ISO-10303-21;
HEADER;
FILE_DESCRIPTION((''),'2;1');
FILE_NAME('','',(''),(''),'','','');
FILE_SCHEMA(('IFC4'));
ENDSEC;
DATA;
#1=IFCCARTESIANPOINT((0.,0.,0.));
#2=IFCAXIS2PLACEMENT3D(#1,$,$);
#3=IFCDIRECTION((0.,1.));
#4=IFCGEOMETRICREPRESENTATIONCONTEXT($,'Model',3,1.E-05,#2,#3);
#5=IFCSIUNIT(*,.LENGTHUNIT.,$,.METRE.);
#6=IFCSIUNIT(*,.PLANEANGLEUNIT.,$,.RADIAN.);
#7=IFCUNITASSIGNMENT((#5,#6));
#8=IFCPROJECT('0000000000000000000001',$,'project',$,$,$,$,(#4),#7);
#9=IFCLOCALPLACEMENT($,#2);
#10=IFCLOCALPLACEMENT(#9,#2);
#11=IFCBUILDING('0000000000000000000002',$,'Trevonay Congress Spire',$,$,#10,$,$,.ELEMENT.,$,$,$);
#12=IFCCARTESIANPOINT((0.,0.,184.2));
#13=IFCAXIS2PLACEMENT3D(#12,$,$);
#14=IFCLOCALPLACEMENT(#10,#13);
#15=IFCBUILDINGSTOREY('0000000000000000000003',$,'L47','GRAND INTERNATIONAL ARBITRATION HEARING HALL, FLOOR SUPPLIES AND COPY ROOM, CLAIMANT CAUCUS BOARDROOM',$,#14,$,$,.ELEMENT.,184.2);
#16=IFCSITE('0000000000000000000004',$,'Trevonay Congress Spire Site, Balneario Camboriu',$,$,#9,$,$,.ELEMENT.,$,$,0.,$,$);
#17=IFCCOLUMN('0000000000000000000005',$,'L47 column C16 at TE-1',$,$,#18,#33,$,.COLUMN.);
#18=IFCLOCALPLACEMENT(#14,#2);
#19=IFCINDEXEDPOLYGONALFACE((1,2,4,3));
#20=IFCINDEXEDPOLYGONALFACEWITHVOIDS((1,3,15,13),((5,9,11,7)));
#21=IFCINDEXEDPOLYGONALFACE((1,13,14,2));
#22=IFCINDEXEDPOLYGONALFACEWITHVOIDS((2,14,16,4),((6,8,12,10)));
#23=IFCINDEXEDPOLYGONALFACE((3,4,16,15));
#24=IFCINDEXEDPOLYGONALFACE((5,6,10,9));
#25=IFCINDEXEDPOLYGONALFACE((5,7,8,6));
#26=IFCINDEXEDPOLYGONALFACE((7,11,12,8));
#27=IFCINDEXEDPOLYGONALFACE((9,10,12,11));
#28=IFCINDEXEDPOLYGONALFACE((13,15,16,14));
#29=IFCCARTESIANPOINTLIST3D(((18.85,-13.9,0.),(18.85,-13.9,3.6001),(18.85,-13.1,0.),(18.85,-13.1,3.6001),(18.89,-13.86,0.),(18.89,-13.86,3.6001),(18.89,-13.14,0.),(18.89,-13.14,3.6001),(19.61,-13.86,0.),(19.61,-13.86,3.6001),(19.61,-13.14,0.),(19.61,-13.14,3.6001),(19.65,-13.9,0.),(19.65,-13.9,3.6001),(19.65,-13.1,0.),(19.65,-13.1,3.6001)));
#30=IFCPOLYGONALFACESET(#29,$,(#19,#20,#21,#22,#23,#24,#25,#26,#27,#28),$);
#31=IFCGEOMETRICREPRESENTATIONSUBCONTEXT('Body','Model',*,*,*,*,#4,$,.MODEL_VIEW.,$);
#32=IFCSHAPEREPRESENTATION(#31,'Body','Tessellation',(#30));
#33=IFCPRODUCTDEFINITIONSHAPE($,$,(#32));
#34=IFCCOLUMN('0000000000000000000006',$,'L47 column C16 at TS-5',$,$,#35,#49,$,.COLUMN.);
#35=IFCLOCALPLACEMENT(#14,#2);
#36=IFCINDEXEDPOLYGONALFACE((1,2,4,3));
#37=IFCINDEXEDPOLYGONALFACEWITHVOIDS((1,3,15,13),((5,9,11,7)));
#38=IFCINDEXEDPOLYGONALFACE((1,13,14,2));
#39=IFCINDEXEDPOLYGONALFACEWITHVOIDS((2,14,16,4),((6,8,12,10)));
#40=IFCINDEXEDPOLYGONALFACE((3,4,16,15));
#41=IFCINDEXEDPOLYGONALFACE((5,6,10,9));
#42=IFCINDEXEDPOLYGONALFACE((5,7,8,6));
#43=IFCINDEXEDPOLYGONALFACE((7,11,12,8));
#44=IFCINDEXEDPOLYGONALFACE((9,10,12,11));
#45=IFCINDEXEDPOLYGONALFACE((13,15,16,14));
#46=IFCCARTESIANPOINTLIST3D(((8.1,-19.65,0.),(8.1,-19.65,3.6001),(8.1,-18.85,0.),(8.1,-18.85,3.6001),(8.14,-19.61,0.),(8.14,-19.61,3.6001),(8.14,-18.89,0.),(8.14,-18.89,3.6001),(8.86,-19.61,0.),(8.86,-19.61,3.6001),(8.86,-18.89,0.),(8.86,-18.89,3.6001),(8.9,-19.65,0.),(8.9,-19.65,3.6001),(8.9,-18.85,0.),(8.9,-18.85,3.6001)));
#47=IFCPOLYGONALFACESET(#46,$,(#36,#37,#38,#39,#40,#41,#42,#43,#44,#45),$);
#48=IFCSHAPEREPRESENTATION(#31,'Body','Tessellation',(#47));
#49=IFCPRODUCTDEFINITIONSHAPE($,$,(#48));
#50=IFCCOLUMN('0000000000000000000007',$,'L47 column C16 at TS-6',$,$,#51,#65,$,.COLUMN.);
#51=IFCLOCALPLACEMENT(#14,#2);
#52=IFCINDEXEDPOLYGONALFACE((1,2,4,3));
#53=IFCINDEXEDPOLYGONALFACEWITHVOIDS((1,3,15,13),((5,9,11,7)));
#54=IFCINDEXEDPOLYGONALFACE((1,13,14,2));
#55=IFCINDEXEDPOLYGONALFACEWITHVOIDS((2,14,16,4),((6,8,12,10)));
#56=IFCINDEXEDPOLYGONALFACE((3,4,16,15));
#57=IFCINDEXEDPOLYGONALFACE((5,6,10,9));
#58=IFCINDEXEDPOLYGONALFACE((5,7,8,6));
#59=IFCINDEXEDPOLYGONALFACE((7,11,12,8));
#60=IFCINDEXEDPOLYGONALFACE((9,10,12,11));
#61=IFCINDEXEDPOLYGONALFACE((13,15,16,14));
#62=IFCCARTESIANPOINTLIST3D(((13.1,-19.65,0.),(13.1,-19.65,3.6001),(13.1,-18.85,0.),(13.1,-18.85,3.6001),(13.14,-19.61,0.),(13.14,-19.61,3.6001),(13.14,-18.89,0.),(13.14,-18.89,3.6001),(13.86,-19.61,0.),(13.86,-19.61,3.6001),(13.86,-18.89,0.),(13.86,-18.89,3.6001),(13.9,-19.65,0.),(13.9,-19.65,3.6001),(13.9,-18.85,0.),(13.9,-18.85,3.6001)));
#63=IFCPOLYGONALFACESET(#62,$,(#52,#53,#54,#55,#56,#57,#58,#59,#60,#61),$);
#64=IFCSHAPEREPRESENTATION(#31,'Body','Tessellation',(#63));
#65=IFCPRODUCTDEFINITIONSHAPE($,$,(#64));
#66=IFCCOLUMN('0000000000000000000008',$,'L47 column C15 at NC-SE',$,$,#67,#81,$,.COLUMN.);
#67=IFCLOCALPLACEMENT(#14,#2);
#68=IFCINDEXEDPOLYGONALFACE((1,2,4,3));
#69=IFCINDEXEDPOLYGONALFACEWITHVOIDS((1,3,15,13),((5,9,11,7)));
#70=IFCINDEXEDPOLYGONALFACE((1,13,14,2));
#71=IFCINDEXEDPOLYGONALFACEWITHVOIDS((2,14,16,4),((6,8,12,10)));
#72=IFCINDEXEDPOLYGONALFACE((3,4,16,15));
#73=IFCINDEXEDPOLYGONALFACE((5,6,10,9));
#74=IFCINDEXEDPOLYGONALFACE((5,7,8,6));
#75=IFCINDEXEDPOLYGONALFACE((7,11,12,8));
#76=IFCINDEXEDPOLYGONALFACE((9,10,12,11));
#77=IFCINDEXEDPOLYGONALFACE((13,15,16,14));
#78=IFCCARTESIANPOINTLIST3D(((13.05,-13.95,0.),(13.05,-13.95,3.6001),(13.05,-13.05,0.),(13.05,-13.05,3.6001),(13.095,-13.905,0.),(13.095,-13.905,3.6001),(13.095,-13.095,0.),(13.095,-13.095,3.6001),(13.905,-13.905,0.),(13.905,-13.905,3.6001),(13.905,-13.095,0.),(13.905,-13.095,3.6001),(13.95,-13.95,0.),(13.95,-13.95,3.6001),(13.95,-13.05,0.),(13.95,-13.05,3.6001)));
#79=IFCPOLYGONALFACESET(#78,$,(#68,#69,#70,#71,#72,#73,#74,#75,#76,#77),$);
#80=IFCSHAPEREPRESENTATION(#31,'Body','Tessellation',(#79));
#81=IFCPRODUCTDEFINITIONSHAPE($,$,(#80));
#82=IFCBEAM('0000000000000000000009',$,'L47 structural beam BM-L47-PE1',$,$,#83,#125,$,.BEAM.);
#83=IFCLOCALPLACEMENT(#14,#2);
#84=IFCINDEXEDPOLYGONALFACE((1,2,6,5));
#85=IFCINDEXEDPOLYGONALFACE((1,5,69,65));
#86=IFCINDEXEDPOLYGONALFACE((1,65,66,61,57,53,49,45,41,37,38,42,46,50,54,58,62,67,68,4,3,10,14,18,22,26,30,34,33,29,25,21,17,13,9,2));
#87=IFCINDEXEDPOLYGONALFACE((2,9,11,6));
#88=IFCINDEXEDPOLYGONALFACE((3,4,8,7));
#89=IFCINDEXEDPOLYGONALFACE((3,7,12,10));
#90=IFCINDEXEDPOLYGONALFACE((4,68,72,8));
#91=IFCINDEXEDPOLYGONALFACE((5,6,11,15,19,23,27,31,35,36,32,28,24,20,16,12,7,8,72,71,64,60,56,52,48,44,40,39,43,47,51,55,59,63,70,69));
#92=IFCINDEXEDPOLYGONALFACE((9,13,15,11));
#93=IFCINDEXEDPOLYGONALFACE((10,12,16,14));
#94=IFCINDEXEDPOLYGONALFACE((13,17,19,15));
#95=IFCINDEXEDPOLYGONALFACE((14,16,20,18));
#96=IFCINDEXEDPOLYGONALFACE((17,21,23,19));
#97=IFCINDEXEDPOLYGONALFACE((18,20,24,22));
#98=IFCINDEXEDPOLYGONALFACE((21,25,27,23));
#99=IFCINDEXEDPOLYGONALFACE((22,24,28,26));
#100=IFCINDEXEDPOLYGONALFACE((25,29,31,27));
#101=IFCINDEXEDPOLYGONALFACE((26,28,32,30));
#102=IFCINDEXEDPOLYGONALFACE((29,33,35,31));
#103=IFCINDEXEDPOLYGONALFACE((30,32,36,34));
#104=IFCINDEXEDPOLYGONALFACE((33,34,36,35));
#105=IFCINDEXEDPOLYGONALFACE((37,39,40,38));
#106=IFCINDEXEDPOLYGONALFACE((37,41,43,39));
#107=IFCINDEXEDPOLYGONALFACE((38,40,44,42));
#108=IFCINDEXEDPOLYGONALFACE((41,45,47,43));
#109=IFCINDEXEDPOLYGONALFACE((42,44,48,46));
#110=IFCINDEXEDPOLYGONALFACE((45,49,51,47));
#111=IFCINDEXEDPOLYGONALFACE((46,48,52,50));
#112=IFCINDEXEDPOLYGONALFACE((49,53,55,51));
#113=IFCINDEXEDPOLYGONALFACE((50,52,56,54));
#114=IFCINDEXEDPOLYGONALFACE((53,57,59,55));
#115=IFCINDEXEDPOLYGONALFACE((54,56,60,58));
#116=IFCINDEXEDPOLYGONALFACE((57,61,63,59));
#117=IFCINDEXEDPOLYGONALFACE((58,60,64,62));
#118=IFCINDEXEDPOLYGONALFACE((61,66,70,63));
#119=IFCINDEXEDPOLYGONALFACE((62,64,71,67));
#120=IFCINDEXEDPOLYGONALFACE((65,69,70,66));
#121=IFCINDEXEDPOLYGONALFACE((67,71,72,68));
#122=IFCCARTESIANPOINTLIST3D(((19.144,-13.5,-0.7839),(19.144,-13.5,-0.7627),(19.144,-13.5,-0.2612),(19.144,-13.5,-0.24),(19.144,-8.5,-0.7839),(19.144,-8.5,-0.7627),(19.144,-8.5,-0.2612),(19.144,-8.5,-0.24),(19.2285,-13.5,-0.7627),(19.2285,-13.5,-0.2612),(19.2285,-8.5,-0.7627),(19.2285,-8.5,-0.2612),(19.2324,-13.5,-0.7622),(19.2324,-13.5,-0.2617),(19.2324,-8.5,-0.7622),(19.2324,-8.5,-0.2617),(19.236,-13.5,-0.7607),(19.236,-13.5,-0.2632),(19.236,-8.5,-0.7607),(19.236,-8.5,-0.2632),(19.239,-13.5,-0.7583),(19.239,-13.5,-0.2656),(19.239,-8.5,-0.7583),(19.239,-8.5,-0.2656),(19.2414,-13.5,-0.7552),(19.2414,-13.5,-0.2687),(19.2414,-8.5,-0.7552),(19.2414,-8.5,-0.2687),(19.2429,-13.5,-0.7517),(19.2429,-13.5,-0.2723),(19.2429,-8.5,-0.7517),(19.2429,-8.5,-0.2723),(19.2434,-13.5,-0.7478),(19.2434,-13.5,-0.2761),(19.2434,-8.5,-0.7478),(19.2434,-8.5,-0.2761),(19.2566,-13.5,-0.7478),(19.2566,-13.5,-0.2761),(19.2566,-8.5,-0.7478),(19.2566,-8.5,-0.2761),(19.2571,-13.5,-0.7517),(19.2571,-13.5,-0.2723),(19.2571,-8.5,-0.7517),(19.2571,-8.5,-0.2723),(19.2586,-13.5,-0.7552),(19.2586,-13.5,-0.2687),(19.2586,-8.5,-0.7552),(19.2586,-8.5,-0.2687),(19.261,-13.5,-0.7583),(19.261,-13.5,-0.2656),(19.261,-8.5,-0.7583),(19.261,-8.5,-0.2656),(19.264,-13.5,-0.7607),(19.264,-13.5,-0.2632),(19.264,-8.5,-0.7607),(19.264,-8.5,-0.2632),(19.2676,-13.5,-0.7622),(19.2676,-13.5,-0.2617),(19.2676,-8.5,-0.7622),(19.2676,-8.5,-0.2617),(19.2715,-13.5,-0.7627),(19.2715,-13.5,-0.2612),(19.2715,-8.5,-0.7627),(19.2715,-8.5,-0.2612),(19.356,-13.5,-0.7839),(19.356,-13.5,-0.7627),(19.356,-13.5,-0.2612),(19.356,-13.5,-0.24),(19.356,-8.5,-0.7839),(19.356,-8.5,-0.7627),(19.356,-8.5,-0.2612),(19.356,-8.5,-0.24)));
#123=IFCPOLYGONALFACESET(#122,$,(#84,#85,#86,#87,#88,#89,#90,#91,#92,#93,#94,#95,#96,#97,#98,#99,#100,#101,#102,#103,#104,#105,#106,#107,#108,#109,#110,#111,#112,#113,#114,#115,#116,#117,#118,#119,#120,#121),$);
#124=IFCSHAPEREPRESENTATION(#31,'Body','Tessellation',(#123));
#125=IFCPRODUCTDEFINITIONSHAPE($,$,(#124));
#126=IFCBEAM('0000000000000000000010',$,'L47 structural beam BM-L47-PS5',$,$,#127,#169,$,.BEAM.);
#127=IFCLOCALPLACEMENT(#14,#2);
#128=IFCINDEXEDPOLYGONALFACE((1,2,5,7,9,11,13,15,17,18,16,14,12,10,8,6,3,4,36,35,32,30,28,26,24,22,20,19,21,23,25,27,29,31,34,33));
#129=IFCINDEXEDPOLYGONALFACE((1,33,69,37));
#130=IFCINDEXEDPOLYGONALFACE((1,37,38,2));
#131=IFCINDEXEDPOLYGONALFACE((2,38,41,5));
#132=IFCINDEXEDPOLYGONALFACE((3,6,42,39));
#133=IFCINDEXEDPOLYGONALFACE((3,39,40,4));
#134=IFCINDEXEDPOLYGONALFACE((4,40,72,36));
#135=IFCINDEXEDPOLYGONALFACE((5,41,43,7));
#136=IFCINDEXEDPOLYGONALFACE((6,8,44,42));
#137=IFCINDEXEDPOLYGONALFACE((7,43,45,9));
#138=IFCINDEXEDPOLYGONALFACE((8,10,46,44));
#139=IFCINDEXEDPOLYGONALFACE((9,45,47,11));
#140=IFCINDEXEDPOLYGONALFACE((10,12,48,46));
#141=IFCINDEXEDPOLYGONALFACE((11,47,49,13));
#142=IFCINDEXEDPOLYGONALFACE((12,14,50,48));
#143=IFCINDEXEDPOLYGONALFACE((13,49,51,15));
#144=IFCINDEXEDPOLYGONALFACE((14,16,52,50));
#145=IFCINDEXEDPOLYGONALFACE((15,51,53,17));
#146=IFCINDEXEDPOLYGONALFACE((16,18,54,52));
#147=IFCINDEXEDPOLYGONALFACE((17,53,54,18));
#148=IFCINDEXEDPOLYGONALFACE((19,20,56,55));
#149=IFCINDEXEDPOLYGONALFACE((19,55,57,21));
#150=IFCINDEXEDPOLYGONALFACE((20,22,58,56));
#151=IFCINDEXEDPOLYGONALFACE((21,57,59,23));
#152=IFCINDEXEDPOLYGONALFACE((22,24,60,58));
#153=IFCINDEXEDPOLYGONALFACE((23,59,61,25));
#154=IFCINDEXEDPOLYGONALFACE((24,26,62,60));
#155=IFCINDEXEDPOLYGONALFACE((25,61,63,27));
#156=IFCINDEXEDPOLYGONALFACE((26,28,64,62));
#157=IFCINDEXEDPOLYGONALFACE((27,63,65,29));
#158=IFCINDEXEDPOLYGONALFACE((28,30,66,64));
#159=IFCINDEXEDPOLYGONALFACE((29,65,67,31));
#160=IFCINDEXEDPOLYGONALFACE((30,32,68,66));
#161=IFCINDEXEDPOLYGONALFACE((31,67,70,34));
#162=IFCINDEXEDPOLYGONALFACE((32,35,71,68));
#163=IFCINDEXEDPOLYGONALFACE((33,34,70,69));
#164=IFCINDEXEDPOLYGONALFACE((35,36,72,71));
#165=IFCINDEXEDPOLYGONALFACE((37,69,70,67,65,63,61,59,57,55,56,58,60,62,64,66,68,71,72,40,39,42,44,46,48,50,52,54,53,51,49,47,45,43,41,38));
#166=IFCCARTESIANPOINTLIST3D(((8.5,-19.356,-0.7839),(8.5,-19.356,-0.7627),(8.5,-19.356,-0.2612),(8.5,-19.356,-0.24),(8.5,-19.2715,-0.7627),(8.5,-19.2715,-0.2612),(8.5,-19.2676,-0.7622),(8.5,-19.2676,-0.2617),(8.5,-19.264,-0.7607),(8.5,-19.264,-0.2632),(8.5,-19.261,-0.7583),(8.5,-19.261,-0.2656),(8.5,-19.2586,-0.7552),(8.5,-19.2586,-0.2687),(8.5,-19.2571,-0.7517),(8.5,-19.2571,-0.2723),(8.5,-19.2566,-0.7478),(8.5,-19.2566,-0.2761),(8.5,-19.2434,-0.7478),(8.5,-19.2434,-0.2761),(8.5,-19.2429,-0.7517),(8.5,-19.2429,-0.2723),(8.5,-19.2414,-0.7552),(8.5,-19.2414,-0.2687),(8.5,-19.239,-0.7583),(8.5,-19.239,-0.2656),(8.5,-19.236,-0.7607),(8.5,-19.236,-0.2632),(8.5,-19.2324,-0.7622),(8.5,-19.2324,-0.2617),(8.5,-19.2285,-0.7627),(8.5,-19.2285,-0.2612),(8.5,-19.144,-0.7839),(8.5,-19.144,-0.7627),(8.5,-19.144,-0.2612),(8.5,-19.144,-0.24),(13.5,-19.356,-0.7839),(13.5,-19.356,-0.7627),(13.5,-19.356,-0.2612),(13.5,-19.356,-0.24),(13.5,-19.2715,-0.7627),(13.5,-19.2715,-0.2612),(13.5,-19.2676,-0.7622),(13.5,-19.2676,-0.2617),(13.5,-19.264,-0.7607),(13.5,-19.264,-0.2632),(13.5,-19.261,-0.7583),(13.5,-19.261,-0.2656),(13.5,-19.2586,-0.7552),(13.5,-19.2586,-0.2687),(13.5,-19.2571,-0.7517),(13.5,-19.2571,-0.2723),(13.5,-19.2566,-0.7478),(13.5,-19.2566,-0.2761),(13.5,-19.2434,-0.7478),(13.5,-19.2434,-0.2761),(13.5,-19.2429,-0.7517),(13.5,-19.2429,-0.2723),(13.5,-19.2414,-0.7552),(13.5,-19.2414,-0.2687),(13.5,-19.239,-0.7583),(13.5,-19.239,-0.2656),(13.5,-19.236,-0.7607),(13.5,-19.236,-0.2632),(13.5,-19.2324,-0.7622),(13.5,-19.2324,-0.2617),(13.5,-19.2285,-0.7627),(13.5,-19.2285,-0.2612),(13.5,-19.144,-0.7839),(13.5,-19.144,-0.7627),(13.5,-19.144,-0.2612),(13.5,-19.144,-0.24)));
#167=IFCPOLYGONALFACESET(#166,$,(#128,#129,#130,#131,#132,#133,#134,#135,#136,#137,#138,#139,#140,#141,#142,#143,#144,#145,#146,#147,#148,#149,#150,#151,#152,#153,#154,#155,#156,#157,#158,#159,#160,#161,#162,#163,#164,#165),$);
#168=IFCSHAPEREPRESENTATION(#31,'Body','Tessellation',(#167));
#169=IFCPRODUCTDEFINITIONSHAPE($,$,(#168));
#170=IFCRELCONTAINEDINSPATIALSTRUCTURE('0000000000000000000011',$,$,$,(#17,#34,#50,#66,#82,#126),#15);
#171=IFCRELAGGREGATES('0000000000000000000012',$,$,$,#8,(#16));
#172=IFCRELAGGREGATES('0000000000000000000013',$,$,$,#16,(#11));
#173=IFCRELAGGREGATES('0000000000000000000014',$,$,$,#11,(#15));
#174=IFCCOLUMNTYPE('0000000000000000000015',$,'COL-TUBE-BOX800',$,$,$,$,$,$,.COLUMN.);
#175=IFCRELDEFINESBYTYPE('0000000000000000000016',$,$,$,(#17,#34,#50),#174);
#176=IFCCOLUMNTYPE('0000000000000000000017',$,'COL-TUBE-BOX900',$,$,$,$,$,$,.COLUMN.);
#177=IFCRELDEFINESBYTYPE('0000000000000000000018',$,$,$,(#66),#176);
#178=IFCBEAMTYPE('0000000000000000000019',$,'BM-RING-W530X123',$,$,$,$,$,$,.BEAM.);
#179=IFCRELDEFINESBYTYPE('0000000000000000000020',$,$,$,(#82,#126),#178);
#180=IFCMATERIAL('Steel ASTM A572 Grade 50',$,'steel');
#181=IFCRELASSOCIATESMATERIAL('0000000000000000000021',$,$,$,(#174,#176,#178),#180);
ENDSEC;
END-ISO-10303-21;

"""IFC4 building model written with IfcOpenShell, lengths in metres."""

from ifc_helpers import new_model, si_unit, direction, frame, origin, origin_2d, place, context, subcontext, project, spatial, hollow_rectangle, i_section, extrude, material, material_profile, profile_set, type_object, element, save


model = new_model("IFC4")

# Units and contexts
model_context = context("Model", 3, precision=1e-05, world=origin(), true_north=direction((0.0, 1.0)))
body_context = subcontext(model_context, "Body", "Model", "MODEL_VIEW")
ifc_project = project(units=[si_unit("LENGTHUNIT", "METRE"), si_unit("PLANEANGLEUNIT", "RADIAN")], contexts=[model_context])

# Site, building, storey
site_placement = place(None, origin())
site = spatial("IfcSite", under=ifc_project, at=site_placement, Name="Trevonay Congress Spire Site, Balneario Camboriu", CompositionType="ELEMENT", RefElevation=0.0)
building_placement = place(site_placement, origin())
building = spatial("IfcBuilding", under=site, at=building_placement, Name="Trevonay Congress Spire", CompositionType="ELEMENT")
storey_placement = place(building_placement, frame((0.0, 0.0, 184.2)))
storey = spatial("IfcBuildingStorey", under=building, at=storey_placement, Name="L47", Description="GRAND INTERNATIONAL ARBITRATION HEARING HALL, FLOOR SUPPLIES AND COPY ROOM, CLAIMANT CAUCUS BOARDROOM", CompositionType="ELEMENT", Elevation=184.2)

# Columns
ifc_material_1 = material(Name="Steel ASTM A572 Grade 50", Category="steel")
ifc_material_profile_1 = material_profile(ifc_material_1, hollow_rectangle(XDim=0.8, YDim=0.8, WallThickness=0.04, at=origin_2d()), Name="BOX 800x800x40")
ifc_profile_set_1 = profile_set([ifc_material_profile_1], Name="Steel ASTM A572 Grade 50")
column_type_1 = type_object("IfcColumnType", Name="COL-TUBE-BOX800", PredefinedType="COLUMN", material=ifc_profile_set_1)
for number, where, z_axis, x_axis, name in (
    (1, (19.25, -13.5, 0.0), (0.0, 0.0, 1.0), (1.0, 0.0, 0.0), "L47 column C16 at TE-1"),
    (2, (8.5, -19.25, 0.0), (0.0, 0.0, 1.0), (1.0, 0.0, 0.0), "L47 column C16 at TS-5"),
    (3, (13.5, -19.25, 0.0), (0.0, 0.0, 1.0), (1.0, 0.0, 0.0), "L47 column C16 at TS-6"),
):
    element("IfcColumn", number, at=place(storey_placement, frame(where, z_axis=z_axis, x_axis=x_axis)), inside=storey, type_object=column_type_1, Name=name, PredefinedType="COLUMN", context=body_context, shape_type="SweptSolid", body=[
        extrude(hollow_rectangle(XDim=0.8, YDim=0.8, WallThickness=0.04, at=origin_2d()), origin(), (0.0, 0.0, 1.0), 3.6001),
    ])
ifc_material_profile_2 = material_profile(ifc_material_1, hollow_rectangle(XDim=0.8999, YDim=0.8999, WallThickness=0.0449, at=origin_2d()), Name="BOX 900x900x45")
ifc_profile_set_2 = profile_set([ifc_material_profile_2], Name="Steel ASTM A572 Grade 50")
column_type_2 = type_object("IfcColumnType", Name="COL-TUBE-BOX900", PredefinedType="COLUMN", material=ifc_profile_set_2)
column_placement = place(storey_placement, frame((13.5, -13.5, 0.0), z_axis=(0.0, 0.0, 1.0), x_axis=(1.0, 0.0, 0.0)))
element("IfcColumn", 4, at=column_placement, inside=storey, type_object=column_type_2, Name="L47 column C15 at NC-SE", PredefinedType="COLUMN", context=body_context, shape_type="SweptSolid", body=[
    extrude(hollow_rectangle(XDim=0.8999, YDim=0.8999, WallThickness=0.0449, at=origin_2d()), origin(), (0.0, 0.0, 1.0), 3.6001),
])

# Beams
ifc_material_profile_3 = material_profile(ifc_material_1, i_section(OverallWidth=0.2119, OverallDepth=0.5439, WebThickness=0.0132, FlangeThickness=0.0212, FilletRadius=0.0149, at=origin_2d()), Name="W530x123")
ifc_profile_set_3 = profile_set([ifc_material_profile_3], Name="Steel ASTM A572 Grade 50")
beam_type = type_object("IfcBeamType", Name="BM-RING-W530X123", PredefinedType="BEAM", material=ifc_profile_set_3)
for number, where, z_axis, x_axis, name in (
    (5, (19.25, -13.5, -0.512), (0.0, 1.0, 0.0), (-1.0, 0.0, 0.0), "L47 structural beam BM-L47-PE1"),
    (6, (8.5, -19.25, -0.512), (1.0, 0.0, 0.0), (0.0, 1.0, 0.0), "L47 structural beam BM-L47-PS5"),
):
    element("IfcBeam", number, at=place(storey_placement, frame(where, z_axis=z_axis, x_axis=x_axis)), inside=storey, type_object=beam_type, Name=name, PredefinedType="BEAM", context=body_context, shape_type="SweptSolid", body=[
        extrude(i_section(OverallWidth=0.2119, OverallDepth=0.5439, WebThickness=0.0132, FlangeThickness=0.0212, FilletRadius=0.0149, at=origin_2d()), origin(), (0.0, 0.0, 1.0), 5.0),
    ])

save(model, "model.ifc")
